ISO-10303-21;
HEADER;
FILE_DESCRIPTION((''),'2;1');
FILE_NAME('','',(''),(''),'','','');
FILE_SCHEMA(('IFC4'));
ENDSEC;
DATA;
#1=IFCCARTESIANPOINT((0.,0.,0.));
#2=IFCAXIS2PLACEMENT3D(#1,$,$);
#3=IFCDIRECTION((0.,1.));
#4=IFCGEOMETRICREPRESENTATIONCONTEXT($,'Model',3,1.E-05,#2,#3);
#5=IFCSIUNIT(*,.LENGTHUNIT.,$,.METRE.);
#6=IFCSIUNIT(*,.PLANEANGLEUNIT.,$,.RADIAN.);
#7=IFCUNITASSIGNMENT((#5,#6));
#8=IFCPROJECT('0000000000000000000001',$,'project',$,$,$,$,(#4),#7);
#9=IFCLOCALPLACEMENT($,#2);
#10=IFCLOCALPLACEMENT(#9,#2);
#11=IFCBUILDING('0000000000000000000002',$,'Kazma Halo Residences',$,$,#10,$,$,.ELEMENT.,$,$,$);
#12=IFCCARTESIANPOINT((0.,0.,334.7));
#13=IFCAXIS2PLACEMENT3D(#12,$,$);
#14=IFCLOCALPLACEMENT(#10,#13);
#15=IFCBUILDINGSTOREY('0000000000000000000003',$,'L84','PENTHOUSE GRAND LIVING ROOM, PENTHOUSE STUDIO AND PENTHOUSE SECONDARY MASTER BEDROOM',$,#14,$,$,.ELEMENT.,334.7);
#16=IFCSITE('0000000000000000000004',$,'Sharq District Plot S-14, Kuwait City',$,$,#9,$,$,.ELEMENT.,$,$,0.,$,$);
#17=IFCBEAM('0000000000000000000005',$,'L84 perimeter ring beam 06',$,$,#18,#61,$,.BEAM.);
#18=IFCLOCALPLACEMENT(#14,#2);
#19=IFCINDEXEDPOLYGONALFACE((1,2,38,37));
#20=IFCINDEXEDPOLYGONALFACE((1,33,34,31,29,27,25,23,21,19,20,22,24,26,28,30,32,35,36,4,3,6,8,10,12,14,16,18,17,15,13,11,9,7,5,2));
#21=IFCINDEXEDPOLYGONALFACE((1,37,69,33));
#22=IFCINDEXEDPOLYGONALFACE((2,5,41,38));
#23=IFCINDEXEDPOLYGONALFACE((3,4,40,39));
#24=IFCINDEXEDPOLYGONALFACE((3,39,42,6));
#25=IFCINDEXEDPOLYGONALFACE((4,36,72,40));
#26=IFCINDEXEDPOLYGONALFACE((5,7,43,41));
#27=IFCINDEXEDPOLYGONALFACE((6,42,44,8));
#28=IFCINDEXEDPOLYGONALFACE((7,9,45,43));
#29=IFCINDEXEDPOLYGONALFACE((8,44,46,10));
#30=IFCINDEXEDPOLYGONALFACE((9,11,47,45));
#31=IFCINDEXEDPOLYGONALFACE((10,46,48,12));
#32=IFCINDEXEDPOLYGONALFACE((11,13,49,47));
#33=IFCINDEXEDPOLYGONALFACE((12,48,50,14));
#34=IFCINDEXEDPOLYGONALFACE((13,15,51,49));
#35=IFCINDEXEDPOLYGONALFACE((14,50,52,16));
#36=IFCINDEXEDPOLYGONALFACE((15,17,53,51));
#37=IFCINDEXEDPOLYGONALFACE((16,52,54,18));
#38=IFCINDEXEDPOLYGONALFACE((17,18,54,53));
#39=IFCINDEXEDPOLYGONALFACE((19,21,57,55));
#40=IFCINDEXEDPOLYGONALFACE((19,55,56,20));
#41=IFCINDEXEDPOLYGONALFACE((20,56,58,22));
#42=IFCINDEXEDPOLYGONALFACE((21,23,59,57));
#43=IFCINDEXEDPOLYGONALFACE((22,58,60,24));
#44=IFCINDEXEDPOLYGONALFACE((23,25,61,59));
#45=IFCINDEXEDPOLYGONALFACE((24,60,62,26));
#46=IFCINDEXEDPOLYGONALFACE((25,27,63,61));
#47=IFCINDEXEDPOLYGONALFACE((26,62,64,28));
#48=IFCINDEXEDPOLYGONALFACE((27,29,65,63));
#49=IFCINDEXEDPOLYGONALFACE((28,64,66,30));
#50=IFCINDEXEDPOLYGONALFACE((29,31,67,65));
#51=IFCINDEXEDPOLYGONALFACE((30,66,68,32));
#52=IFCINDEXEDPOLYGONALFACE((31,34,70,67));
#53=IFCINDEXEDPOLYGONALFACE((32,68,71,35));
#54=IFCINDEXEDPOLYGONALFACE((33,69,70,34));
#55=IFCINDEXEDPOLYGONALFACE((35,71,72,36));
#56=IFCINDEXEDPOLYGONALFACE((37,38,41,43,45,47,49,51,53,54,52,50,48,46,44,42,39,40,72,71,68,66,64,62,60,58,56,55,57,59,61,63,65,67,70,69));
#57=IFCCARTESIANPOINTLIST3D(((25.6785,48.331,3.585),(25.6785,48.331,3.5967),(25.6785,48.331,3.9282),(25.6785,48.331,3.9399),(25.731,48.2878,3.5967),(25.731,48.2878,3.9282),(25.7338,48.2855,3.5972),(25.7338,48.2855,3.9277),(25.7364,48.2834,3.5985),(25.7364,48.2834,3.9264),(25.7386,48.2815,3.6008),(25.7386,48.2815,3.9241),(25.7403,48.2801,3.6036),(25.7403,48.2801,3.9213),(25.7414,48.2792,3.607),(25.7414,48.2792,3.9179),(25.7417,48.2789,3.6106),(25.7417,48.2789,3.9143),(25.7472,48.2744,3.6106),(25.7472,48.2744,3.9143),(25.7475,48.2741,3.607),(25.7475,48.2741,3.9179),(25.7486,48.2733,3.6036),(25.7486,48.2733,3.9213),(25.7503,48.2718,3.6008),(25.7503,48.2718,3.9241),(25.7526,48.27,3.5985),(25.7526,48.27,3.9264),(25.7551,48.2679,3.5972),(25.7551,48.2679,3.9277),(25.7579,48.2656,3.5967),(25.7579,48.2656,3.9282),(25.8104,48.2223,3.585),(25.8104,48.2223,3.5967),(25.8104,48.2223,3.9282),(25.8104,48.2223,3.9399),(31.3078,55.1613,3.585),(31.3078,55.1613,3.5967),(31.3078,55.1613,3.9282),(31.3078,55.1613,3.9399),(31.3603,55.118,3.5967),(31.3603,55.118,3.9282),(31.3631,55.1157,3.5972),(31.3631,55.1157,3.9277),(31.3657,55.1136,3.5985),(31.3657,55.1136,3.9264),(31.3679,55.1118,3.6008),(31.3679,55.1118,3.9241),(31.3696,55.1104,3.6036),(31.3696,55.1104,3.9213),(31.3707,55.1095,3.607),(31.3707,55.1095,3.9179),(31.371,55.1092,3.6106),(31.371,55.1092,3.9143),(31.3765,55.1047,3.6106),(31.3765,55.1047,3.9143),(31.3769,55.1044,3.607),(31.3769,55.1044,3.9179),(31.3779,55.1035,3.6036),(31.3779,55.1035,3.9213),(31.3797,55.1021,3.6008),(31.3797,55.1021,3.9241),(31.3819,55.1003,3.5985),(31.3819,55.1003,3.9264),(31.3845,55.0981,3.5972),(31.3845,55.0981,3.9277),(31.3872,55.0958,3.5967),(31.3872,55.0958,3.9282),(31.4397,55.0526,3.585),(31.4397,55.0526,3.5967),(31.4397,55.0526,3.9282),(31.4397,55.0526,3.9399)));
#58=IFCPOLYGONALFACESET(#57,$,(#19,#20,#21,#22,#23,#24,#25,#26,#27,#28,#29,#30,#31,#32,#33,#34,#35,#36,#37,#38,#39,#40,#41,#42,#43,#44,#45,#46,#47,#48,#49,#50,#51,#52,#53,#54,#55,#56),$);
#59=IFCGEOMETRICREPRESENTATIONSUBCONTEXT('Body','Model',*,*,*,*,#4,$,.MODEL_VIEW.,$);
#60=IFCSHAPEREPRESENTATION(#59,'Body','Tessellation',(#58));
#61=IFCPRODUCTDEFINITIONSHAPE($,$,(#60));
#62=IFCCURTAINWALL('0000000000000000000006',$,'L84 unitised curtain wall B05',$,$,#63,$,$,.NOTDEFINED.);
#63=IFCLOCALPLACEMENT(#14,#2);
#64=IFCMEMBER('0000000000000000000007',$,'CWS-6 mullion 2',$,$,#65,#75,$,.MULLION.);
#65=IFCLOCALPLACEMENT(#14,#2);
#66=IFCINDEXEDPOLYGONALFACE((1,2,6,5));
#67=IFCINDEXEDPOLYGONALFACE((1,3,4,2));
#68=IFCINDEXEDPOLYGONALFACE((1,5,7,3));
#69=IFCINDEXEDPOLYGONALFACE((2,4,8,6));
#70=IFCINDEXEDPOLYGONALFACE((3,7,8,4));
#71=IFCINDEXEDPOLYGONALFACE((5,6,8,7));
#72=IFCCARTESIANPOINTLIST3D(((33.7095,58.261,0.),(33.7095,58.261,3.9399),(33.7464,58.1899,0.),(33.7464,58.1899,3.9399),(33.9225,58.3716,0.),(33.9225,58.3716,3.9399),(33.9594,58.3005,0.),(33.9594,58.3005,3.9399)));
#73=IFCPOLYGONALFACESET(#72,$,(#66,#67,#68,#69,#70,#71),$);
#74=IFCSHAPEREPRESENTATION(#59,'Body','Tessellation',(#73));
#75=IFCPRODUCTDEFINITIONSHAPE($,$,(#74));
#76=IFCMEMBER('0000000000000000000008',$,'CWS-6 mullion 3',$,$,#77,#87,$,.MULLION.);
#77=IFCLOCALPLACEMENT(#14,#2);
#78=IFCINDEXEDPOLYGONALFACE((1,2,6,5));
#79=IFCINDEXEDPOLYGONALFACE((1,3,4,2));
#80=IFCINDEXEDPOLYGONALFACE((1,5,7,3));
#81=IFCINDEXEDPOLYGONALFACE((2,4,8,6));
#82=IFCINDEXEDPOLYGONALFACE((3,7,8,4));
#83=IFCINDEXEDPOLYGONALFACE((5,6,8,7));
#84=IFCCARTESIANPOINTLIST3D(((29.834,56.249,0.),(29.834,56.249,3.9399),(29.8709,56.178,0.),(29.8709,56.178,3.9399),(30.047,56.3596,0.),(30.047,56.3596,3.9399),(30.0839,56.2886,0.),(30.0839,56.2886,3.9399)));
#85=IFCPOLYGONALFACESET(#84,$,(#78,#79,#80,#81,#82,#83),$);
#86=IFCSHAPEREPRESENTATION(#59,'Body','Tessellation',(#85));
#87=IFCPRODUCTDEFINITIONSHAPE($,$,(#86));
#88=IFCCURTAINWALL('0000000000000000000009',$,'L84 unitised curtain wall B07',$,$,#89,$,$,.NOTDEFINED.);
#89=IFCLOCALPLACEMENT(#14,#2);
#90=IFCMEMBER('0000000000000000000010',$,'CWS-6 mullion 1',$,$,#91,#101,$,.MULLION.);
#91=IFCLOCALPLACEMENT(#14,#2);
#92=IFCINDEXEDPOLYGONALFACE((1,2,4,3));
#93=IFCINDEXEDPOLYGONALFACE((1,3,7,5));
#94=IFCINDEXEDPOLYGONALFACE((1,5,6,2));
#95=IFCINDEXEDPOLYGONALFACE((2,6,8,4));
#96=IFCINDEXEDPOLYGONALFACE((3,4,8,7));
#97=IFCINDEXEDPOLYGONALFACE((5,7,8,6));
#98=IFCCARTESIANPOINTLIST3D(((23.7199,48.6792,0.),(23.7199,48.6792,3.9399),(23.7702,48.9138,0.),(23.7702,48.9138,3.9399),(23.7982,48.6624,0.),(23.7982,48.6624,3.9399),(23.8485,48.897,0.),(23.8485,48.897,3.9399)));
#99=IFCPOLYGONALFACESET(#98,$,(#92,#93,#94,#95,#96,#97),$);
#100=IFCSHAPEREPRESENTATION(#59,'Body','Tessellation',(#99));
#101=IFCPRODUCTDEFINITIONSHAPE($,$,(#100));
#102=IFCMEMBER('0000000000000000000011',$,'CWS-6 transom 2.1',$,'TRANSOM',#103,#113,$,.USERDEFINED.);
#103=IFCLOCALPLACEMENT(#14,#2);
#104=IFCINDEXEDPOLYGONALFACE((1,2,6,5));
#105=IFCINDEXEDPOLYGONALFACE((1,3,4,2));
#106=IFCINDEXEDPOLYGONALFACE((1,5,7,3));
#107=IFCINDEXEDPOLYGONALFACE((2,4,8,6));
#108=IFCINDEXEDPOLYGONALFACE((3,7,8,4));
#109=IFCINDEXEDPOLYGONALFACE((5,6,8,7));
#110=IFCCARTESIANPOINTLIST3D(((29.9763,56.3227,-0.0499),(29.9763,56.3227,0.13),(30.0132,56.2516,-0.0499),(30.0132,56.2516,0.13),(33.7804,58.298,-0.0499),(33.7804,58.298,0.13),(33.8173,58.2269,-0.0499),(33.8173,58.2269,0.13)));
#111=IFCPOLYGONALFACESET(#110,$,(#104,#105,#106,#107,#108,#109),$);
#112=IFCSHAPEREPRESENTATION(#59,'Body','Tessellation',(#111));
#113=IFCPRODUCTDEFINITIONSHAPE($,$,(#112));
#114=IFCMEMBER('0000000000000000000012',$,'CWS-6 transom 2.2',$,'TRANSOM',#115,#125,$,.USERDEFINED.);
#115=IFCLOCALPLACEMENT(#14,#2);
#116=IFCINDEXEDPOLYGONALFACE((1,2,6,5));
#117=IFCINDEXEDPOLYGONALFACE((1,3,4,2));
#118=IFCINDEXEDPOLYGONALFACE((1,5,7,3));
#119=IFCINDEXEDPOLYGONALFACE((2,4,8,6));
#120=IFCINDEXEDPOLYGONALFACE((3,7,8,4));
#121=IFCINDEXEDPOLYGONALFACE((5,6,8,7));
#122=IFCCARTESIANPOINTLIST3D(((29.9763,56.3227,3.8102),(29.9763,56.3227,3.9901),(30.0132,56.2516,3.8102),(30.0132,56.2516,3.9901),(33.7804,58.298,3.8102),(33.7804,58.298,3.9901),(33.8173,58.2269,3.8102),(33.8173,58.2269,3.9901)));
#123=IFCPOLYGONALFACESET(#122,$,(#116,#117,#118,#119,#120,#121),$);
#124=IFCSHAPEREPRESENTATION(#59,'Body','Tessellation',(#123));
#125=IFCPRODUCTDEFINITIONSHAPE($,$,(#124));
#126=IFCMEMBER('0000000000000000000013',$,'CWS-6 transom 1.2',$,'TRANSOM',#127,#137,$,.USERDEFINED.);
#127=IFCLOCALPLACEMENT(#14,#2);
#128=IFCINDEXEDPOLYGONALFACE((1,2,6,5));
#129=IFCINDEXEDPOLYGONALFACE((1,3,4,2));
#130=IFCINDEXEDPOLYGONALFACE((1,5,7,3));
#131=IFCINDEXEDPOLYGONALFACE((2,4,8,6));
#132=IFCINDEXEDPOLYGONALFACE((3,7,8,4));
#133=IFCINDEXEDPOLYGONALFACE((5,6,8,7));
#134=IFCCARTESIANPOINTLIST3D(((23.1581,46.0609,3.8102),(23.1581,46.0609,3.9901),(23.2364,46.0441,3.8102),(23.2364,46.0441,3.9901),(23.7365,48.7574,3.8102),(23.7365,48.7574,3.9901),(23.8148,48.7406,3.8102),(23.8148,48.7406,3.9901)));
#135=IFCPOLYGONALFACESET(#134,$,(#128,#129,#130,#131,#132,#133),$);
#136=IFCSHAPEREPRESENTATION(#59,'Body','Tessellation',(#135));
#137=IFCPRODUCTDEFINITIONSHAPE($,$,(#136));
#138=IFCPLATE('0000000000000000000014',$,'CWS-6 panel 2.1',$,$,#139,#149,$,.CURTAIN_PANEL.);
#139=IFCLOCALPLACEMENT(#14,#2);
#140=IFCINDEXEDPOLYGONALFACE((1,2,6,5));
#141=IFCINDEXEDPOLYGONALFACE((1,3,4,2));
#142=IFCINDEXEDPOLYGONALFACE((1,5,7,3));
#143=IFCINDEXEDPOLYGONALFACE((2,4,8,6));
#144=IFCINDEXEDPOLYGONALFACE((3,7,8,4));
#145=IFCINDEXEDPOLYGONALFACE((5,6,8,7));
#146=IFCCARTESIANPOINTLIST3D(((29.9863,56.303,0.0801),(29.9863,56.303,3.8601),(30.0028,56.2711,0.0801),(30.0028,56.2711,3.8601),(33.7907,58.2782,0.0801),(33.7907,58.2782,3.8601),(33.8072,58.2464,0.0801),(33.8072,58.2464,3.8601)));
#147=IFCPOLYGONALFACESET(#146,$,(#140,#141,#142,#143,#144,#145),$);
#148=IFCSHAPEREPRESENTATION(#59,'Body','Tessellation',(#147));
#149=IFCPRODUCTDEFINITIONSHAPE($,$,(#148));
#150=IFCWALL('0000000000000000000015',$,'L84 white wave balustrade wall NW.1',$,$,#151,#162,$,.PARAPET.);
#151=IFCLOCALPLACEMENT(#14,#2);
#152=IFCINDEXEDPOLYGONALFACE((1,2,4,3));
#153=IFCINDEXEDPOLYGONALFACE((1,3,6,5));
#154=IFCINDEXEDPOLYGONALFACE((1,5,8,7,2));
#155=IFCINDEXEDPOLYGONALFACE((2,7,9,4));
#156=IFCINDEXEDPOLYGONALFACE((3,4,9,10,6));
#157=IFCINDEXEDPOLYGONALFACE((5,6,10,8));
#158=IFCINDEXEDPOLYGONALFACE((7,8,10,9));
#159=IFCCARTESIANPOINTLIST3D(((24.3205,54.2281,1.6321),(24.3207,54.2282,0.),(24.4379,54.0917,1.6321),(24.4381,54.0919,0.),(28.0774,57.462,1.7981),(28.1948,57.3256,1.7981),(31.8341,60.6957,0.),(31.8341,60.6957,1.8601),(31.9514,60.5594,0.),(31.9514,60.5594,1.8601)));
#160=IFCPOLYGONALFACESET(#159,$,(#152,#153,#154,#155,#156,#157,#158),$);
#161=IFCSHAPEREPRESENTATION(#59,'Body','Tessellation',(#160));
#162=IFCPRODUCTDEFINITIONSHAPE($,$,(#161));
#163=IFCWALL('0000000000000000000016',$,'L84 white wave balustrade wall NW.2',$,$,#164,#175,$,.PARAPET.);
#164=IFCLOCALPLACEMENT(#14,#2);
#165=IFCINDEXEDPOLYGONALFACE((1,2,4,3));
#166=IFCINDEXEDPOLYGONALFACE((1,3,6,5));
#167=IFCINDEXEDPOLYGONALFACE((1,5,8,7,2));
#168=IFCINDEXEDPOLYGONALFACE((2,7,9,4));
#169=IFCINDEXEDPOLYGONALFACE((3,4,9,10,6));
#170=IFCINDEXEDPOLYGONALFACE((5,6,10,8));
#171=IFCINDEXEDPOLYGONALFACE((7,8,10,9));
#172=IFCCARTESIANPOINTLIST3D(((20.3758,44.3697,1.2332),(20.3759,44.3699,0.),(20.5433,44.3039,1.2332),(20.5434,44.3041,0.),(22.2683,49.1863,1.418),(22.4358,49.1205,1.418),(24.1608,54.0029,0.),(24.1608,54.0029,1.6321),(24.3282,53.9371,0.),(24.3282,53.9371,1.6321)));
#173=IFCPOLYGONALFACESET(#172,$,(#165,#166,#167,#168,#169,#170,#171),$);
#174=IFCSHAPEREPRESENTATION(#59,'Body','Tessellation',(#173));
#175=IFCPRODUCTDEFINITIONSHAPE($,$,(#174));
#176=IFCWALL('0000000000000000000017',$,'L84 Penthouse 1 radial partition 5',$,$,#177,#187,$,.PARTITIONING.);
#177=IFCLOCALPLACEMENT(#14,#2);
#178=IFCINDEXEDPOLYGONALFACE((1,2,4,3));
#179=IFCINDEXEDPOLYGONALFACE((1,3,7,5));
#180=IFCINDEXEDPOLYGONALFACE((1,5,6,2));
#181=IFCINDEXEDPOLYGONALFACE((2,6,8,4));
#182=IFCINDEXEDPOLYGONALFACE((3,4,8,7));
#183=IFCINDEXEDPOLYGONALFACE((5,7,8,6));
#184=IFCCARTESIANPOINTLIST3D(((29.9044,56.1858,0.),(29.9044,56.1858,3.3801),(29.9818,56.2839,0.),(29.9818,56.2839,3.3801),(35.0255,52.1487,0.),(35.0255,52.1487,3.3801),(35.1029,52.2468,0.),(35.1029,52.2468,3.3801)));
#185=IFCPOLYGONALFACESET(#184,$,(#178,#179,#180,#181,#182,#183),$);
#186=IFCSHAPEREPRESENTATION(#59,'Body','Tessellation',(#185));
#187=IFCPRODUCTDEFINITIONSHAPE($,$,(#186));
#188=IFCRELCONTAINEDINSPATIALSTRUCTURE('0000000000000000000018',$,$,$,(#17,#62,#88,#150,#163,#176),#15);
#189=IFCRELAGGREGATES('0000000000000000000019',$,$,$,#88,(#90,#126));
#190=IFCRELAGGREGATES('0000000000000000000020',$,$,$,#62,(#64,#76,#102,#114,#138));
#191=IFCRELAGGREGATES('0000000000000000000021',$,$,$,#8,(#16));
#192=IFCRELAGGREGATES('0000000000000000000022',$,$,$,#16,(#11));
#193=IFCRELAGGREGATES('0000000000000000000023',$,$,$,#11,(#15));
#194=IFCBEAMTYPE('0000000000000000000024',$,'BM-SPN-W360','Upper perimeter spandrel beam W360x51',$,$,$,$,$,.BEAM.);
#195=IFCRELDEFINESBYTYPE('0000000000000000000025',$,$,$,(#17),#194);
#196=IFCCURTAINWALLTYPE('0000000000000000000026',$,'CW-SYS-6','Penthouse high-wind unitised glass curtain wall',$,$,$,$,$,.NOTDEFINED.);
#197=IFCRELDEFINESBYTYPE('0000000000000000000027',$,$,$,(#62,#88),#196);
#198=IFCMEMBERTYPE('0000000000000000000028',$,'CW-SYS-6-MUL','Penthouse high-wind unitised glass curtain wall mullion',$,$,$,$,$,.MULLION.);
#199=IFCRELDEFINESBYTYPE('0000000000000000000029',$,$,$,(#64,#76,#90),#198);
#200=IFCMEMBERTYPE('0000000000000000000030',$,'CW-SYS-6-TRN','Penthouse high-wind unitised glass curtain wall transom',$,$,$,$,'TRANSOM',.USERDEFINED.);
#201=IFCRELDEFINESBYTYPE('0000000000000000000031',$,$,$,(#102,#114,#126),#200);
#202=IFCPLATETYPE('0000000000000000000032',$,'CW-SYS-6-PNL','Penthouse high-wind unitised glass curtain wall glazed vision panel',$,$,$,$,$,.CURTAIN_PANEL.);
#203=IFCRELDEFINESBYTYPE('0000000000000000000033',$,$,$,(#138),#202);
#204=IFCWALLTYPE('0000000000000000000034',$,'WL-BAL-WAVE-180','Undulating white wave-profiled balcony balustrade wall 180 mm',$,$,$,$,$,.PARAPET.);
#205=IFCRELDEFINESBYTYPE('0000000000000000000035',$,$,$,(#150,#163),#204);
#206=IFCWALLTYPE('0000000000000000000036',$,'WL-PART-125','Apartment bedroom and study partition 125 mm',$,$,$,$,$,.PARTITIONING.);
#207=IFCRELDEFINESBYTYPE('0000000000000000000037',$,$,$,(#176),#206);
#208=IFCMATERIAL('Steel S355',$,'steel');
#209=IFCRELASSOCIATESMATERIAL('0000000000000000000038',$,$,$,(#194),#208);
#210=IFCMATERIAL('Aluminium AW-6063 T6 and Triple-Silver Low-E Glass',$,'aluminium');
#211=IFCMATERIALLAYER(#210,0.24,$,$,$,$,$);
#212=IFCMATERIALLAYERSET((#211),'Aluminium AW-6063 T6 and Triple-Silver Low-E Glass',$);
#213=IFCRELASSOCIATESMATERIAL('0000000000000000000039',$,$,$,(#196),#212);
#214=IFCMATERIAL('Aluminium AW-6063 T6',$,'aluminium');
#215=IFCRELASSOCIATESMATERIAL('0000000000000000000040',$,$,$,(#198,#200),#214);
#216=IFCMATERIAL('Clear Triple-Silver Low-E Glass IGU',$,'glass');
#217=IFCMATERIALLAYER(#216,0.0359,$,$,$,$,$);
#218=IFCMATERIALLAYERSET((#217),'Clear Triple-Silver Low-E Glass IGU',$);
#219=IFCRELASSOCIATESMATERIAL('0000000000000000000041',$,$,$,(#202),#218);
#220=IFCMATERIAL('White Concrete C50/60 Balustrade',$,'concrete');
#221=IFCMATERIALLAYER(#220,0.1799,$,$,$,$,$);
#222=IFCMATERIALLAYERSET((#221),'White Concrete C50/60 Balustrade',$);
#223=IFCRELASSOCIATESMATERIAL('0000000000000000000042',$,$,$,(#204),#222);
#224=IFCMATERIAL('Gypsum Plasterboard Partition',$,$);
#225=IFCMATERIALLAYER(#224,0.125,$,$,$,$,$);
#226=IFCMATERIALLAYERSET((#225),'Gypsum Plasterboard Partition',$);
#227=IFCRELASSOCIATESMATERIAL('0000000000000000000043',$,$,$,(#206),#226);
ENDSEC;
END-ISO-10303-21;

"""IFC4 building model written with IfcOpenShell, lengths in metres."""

from ifc_helpers import new_model, si_unit, direction, frame, frame_2d, origin, origin_2d, place, context, subcontext, project, spatial, polyline, rectangle, i_section, outline, extrude, material, layer, layer_set, material_profile, profile_set, type_object, element, aggregate, save


model = new_model("IFC4")

# Units and contexts
model_context = context("Model", 3, precision=1e-05, world=origin(), true_north=direction((0.0, 1.0)))
body_context = subcontext(model_context, "Body", "Model", "MODEL_VIEW")
ifc_project = project(units=[si_unit("LENGTHUNIT", "METRE"), si_unit("PLANEANGLEUNIT", "RADIAN")], contexts=[model_context])

# Site, building, storey
site_placement = place(None, origin())
site = spatial("IfcSite", under=ifc_project, at=site_placement, Name="Sharq District Plot S-14, Kuwait City", CompositionType="ELEMENT", RefElevation=0.0)
building_placement = place(site_placement, origin())
building = spatial("IfcBuilding", under=site, at=building_placement, Name="Kazma Halo Residences", CompositionType="ELEMENT")
storey_placement = place(building_placement, frame((0.0, 0.0, 334.7)))
storey = spatial("IfcBuildingStorey", under=building, at=storey_placement, Name="L84", Description="PENTHOUSE GRAND LIVING ROOM, PENTHOUSE STUDIO AND PENTHOUSE SECONDARY MASTER BEDROOM", CompositionType="ELEMENT", Elevation=334.7)

# Beam
ifc_material_1 = material(Name="Steel S355", Category="steel")
ifc_material_profile_1 = material_profile(ifc_material_1, i_section(OverallWidth=0.1709, OverallDepth=0.355, WebThickness=0.0071, FlangeThickness=0.0117, FilletRadius=0.0139, at=origin_2d()), Name="W360x51")
ifc_profile_set_1 = profile_set([ifc_material_profile_1], Name="Steel S355")
beam_type_1 = type_object("IfcBeamType", Name="BM-SPN-W360", Description="Upper perimeter spandrel beam W360x51", PredefinedType="BEAM", material=ifc_profile_set_1)
beam_1_placement = place(storey_placement, frame((31.3738, 55.1069, 3.7625), z_axis=(-0.636005, -0.771685, 0.0), x_axis=(0.771685, -0.636005, 0.0)))
element("IfcBeam", 1, at=beam_1_placement, inside=storey, type_object=beam_type_1, Name="L84 perimeter ring beam 06", PredefinedType="BEAM", context=body_context, shape_type="SweptSolid", body=[
    extrude(i_section(OverallWidth=0.1709, OverallDepth=0.355, WebThickness=0.0071, FlangeThickness=0.0117, FilletRadius=0.0139, at=origin_2d()), origin(), (0.0, 0.0, 1.0), 8.8511),
])

# Curtain wall, members
ifc_material_2 = material(Name="Aluminium AW-6063 T6 and Triple-Silver Low-E Glass", Category="aluminium")
ifc_layer_1 = layer(ifc_material_2, 0.24)
ifc_layer_set_1 = layer_set([ifc_layer_1], Name="Aluminium AW-6063 T6 and Triple-Silver Low-E Glass")
curtain_wall_type = type_object("IfcCurtainWallType", Name="CW-SYS-6", Description="Penthouse high-wind unitised glass curtain wall", PredefinedType="NOTDEFINED", material=ifc_layer_set_1)
curtain_wall_1_placement = place(storey_placement, origin())
curtain_wall_1 = element("IfcCurtainWall", 2, at=curtain_wall_1_placement, inside=storey, type_object=curtain_wall_type, Name="L84 unitised curtain wall B05", PredefinedType="NOTDEFINED")
ifc_material_3 = material(Name="Aluminium AW-6063 T6", Category="aluminium")
ifc_material_profile_2 = material_profile(ifc_material_3, rectangle(XDim=0.0801, YDim=0.24, at=origin_2d()), Name="CWM-80x240")
ifc_profile_set_2 = profile_set([ifc_material_profile_2], Name="Aluminium AW-6063 T6")
member_type_1 = type_object("IfcMemberType", Name="CW-SYS-6-MUL", Description="Penthouse high-wind unitised glass curtain wall mullion", PredefinedType="MULLION", material=ifc_profile_set_2)
member_1_placement = place(storey_placement, frame((33.8345, 58.2808, 0.0), z_axis=(0.0, 0.0, 1.0), x_axis=(0.460796, -0.887506, 0.0)))
member_1 = element("IfcMember", 3, at=member_1_placement, type_object=member_type_1, Name="CWS-6 mullion 2", PredefinedType="MULLION", context=body_context, shape_type="SweptSolid", body=[
    extrude(rectangle(XDim=0.0801, YDim=0.24, at=origin_2d()), origin(), (0.0, 0.0, 1.0), 3.9399),
])
member_2_placement = place(storey_placement, frame((29.959, 56.2688, 0.0), z_axis=(0.0, 0.0, 1.0), x_axis=(0.460796, -0.887506, 0.0)))
member_2 = element("IfcMember", 4, at=member_2_placement, type_object=member_type_1, Name="CWS-6 mullion 3", PredefinedType="MULLION", context=body_context, shape_type="SweptSolid", body=[
    extrude(rectangle(XDim=0.0801, YDim=0.24, at=origin_2d()), origin(), (0.0, 0.0, 1.0), 3.9399),
])

# Curtain wall, member
curtain_wall_2_placement = place(storey_placement, origin())
curtain_wall_2 = element("IfcCurtainWall", 5, at=curtain_wall_2_placement, inside=storey, type_object=curtain_wall_type, Name="L84 unitised curtain wall B07", PredefinedType="NOTDEFINED")
member_3_placement = place(storey_placement, frame((23.7842, 48.7881, 0.0), z_axis=(0.0, 0.0, 1.0), x_axis=(0.977761, -0.209723, 0.0)))
member_3 = element("IfcMember", 6, at=member_3_placement, type_object=member_type_1, Name="CWS-6 mullion 1", PredefinedType="MULLION", context=body_context, shape_type="SweptSolid", body=[
    extrude(rectangle(XDim=0.0801, YDim=0.24, at=origin_2d()), origin(), (0.0, 0.0, 1.0), 3.9399),
])

# Members
ifc_material_profile_3 = material_profile(ifc_material_3, rectangle(XDim=0.0801, YDim=0.1799, at=origin_2d()), Name="CWT-80x180")
ifc_profile_set_3 = profile_set([ifc_material_profile_3], Name="Aluminium AW-6063 T6")
member_type_2 = type_object("IfcMemberType", Name="CW-SYS-6-TRN", Description="Penthouse high-wind unitised glass curtain wall transom", ElementType="TRANSOM", PredefinedType="USERDEFINED", material=ifc_profile_set_3)
member_4_placement = place(storey_placement, frame((33.7988, 58.2625, 0.04), z_axis=(-0.887488, -0.460831, 0.0), x_axis=(0.460831, -0.887488, 0.0)))
member_4 = element("IfcMember", 7, at=member_4_placement, type_object=member_type_2, Name="CWS-6 transom 2.1", ObjectType="TRANSOM", PredefinedType="USERDEFINED", context=body_context, shape_type="SweptSolid", body=[
    extrude(rectangle(XDim=0.0801, YDim=0.1799, at=origin_2d()), origin(), (0.0, 0.0, 1.0), 4.2864),
])
member_5_placement = place(storey_placement, frame((33.7988, 58.2625, 3.9001), z_axis=(-0.887488, -0.460831, 0.0), x_axis=(0.460831, -0.887488, 0.0)))
member_5 = element("IfcMember", 8, at=member_5_placement, type_object=member_type_2, Name="CWS-6 transom 2.2", ObjectType="TRANSOM", PredefinedType="USERDEFINED", context=body_context, shape_type="SweptSolid", body=[
    extrude(rectangle(XDim=0.0801, YDim=0.1799, at=origin_2d()), origin(), (0.0, 0.0, 1.0), 4.2864),
])
member_6_placement = place(storey_placement, frame((23.7756, 48.749, 3.9001), z_axis=(-0.209716, -0.977762, 0.0), x_axis=(0.977762, -0.209716, 0.0)))
member_6 = element("IfcMember", 9, at=member_6_placement, type_object=member_type_2, Name="CWS-6 transom 1.2", ObjectType="TRANSOM", PredefinedType="USERDEFINED", context=body_context, shape_type="SweptSolid", body=[
    extrude(rectangle(XDim=0.0801, YDim=0.1799, at=origin_2d()), origin(), (0.0, 0.0, 1.0), 2.7578),
])
aggregate(curtain_wall_2, [member_3, member_6])

# Plate
ifc_material_4 = material(Name="Clear Triple-Silver Low-E Glass IGU", Category="glass")
ifc_layer_2 = layer(ifc_material_4, 0.0359)
ifc_layer_set_2 = layer_set([ifc_layer_2], Name="Clear Triple-Silver Low-E Glass IGU")
plate_type = type_object("IfcPlateType", Name="CW-SYS-6-PNL", Description="Penthouse high-wind unitised glass curtain wall glazed vision panel", PredefinedType="CURTAIN_PANEL", material=ifc_layer_set_2)
plate_placement = place(storey_placement, frame((31.8967, 57.2747, 0.0801), z_axis=(0.0, 0.0, 1.0), x_axis=(-0.887506, -0.460796, 0.0)))
plate = element("IfcPlate", 10, at=plate_placement, type_object=plate_type, Name="CWS-6 panel 2.1", PredefinedType="CURTAIN_PANEL", context=body_context, shape_type="SweptSolid", body=[
    extrude(rectangle(XDim=4.2866, YDim=0.0359, at=origin_2d()), origin(), (0.0, 0.0, 1.0), 3.78),
])
aggregate(curtain_wall_1, [member_1, member_2, member_4, member_5, plate])

# Walls
ifc_material_5 = material(Name="White Concrete C50/60 Balustrade", Category="concrete")
ifc_layer_3 = layer(ifc_material_5, 0.1799)
ifc_layer_set_3 = layer_set([ifc_layer_3], Name="White Concrete C50/60 Balustrade")
wall_type_1 = type_object("IfcWallType", Name="WL-BAL-WAVE-180", Description="Undulating white wave-profiled balcony balustrade wall 180 mm", PredefinedType="PARAPET", material=ifc_layer_set_3)
wall_1_placement = place(storey_placement, frame((31.8928, 60.6274, 0.0), z_axis=(0.0, 0.0, 1.0), x_axis=(-0.757887, -0.652386, 0.0)))
element("IfcWall", 11, at=wall_1_placement, inside=storey, type_object=wall_type_1, Name="L84 white wave balustrade wall NW.1", PredefinedType="PARAPET", context=body_context, shape_type="SweptSolid", body=[
    extrude(outline(polyline([(0.0, 0.0), (9.9136, 0.0), (9.9138, 1.6321), (4.9568, 1.7981), (0.0, 1.8601), (0.0, 0.0)])), frame((0.0, 0.0898, 0.0), z_axis=(0.0, -1.0, 0.0), x_axis=(1.0, 0.0, 0.0)), (0.0, 0.0, 1.0), 0.1799),
])
wall_2_placement = place(storey_placement, frame((24.2446, 53.97, 0.0), z_axis=(0.0, 0.0, 1.0), x_axis=(-0.365694, -0.930735, 0.0)))
element("IfcWall", 12, at=wall_2_placement, inside=storey, type_object=wall_type_1, Name="L84 white wave balustrade wall NW.2", PredefinedType="PARAPET", context=body_context, shape_type="SweptSolid", body=[
    extrude(outline(polyline([(0.0, 0.0), (10.3499, 0.0), (10.3501, 1.2332), (5.175, 1.418), (0.0, 1.6321), (0.0, 0.0)])), frame((0.0, 0.0898, 0.0), z_axis=(0.0, -1.0, 0.0), x_axis=(1.0, 0.0, 0.0)), (0.0, 0.0, 1.0), 0.1799),
])

# Wall
ifc_material_6 = material(Name="Gypsum Plasterboard Partition")
ifc_layer_4 = layer(ifc_material_6, 0.125)
ifc_layer_set_4 = layer_set([ifc_layer_4], Name="Gypsum Plasterboard Partition")
wall_type_2 = type_object("IfcWallType", Name="WL-PART-125", Description="Apartment bedroom and study partition 125 mm", PredefinedType="PARTITIONING", material=ifc_layer_set_4)
wall_3_placement = place(storey_placement, frame((35.0642, 52.1978, 0.0), z_axis=(0.0, 0.0, 1.0), x_axis=(-0.78532, 0.619091, 0.0)))
element("IfcWall", 13, at=wall_3_placement, inside=storey, type_object=wall_type_2, Name="L84 Penthouse 1 radial partition 5", PredefinedType="PARTITIONING", context=body_context, shape_type="SweptSolid", body=[
    extrude(rectangle(XDim=6.521, YDim=0.125, at=frame_2d((3.2605, 0.0))), origin(), (0.0, 0.0, 1.0), 3.3801),
])

save(model, "model.ifc")
